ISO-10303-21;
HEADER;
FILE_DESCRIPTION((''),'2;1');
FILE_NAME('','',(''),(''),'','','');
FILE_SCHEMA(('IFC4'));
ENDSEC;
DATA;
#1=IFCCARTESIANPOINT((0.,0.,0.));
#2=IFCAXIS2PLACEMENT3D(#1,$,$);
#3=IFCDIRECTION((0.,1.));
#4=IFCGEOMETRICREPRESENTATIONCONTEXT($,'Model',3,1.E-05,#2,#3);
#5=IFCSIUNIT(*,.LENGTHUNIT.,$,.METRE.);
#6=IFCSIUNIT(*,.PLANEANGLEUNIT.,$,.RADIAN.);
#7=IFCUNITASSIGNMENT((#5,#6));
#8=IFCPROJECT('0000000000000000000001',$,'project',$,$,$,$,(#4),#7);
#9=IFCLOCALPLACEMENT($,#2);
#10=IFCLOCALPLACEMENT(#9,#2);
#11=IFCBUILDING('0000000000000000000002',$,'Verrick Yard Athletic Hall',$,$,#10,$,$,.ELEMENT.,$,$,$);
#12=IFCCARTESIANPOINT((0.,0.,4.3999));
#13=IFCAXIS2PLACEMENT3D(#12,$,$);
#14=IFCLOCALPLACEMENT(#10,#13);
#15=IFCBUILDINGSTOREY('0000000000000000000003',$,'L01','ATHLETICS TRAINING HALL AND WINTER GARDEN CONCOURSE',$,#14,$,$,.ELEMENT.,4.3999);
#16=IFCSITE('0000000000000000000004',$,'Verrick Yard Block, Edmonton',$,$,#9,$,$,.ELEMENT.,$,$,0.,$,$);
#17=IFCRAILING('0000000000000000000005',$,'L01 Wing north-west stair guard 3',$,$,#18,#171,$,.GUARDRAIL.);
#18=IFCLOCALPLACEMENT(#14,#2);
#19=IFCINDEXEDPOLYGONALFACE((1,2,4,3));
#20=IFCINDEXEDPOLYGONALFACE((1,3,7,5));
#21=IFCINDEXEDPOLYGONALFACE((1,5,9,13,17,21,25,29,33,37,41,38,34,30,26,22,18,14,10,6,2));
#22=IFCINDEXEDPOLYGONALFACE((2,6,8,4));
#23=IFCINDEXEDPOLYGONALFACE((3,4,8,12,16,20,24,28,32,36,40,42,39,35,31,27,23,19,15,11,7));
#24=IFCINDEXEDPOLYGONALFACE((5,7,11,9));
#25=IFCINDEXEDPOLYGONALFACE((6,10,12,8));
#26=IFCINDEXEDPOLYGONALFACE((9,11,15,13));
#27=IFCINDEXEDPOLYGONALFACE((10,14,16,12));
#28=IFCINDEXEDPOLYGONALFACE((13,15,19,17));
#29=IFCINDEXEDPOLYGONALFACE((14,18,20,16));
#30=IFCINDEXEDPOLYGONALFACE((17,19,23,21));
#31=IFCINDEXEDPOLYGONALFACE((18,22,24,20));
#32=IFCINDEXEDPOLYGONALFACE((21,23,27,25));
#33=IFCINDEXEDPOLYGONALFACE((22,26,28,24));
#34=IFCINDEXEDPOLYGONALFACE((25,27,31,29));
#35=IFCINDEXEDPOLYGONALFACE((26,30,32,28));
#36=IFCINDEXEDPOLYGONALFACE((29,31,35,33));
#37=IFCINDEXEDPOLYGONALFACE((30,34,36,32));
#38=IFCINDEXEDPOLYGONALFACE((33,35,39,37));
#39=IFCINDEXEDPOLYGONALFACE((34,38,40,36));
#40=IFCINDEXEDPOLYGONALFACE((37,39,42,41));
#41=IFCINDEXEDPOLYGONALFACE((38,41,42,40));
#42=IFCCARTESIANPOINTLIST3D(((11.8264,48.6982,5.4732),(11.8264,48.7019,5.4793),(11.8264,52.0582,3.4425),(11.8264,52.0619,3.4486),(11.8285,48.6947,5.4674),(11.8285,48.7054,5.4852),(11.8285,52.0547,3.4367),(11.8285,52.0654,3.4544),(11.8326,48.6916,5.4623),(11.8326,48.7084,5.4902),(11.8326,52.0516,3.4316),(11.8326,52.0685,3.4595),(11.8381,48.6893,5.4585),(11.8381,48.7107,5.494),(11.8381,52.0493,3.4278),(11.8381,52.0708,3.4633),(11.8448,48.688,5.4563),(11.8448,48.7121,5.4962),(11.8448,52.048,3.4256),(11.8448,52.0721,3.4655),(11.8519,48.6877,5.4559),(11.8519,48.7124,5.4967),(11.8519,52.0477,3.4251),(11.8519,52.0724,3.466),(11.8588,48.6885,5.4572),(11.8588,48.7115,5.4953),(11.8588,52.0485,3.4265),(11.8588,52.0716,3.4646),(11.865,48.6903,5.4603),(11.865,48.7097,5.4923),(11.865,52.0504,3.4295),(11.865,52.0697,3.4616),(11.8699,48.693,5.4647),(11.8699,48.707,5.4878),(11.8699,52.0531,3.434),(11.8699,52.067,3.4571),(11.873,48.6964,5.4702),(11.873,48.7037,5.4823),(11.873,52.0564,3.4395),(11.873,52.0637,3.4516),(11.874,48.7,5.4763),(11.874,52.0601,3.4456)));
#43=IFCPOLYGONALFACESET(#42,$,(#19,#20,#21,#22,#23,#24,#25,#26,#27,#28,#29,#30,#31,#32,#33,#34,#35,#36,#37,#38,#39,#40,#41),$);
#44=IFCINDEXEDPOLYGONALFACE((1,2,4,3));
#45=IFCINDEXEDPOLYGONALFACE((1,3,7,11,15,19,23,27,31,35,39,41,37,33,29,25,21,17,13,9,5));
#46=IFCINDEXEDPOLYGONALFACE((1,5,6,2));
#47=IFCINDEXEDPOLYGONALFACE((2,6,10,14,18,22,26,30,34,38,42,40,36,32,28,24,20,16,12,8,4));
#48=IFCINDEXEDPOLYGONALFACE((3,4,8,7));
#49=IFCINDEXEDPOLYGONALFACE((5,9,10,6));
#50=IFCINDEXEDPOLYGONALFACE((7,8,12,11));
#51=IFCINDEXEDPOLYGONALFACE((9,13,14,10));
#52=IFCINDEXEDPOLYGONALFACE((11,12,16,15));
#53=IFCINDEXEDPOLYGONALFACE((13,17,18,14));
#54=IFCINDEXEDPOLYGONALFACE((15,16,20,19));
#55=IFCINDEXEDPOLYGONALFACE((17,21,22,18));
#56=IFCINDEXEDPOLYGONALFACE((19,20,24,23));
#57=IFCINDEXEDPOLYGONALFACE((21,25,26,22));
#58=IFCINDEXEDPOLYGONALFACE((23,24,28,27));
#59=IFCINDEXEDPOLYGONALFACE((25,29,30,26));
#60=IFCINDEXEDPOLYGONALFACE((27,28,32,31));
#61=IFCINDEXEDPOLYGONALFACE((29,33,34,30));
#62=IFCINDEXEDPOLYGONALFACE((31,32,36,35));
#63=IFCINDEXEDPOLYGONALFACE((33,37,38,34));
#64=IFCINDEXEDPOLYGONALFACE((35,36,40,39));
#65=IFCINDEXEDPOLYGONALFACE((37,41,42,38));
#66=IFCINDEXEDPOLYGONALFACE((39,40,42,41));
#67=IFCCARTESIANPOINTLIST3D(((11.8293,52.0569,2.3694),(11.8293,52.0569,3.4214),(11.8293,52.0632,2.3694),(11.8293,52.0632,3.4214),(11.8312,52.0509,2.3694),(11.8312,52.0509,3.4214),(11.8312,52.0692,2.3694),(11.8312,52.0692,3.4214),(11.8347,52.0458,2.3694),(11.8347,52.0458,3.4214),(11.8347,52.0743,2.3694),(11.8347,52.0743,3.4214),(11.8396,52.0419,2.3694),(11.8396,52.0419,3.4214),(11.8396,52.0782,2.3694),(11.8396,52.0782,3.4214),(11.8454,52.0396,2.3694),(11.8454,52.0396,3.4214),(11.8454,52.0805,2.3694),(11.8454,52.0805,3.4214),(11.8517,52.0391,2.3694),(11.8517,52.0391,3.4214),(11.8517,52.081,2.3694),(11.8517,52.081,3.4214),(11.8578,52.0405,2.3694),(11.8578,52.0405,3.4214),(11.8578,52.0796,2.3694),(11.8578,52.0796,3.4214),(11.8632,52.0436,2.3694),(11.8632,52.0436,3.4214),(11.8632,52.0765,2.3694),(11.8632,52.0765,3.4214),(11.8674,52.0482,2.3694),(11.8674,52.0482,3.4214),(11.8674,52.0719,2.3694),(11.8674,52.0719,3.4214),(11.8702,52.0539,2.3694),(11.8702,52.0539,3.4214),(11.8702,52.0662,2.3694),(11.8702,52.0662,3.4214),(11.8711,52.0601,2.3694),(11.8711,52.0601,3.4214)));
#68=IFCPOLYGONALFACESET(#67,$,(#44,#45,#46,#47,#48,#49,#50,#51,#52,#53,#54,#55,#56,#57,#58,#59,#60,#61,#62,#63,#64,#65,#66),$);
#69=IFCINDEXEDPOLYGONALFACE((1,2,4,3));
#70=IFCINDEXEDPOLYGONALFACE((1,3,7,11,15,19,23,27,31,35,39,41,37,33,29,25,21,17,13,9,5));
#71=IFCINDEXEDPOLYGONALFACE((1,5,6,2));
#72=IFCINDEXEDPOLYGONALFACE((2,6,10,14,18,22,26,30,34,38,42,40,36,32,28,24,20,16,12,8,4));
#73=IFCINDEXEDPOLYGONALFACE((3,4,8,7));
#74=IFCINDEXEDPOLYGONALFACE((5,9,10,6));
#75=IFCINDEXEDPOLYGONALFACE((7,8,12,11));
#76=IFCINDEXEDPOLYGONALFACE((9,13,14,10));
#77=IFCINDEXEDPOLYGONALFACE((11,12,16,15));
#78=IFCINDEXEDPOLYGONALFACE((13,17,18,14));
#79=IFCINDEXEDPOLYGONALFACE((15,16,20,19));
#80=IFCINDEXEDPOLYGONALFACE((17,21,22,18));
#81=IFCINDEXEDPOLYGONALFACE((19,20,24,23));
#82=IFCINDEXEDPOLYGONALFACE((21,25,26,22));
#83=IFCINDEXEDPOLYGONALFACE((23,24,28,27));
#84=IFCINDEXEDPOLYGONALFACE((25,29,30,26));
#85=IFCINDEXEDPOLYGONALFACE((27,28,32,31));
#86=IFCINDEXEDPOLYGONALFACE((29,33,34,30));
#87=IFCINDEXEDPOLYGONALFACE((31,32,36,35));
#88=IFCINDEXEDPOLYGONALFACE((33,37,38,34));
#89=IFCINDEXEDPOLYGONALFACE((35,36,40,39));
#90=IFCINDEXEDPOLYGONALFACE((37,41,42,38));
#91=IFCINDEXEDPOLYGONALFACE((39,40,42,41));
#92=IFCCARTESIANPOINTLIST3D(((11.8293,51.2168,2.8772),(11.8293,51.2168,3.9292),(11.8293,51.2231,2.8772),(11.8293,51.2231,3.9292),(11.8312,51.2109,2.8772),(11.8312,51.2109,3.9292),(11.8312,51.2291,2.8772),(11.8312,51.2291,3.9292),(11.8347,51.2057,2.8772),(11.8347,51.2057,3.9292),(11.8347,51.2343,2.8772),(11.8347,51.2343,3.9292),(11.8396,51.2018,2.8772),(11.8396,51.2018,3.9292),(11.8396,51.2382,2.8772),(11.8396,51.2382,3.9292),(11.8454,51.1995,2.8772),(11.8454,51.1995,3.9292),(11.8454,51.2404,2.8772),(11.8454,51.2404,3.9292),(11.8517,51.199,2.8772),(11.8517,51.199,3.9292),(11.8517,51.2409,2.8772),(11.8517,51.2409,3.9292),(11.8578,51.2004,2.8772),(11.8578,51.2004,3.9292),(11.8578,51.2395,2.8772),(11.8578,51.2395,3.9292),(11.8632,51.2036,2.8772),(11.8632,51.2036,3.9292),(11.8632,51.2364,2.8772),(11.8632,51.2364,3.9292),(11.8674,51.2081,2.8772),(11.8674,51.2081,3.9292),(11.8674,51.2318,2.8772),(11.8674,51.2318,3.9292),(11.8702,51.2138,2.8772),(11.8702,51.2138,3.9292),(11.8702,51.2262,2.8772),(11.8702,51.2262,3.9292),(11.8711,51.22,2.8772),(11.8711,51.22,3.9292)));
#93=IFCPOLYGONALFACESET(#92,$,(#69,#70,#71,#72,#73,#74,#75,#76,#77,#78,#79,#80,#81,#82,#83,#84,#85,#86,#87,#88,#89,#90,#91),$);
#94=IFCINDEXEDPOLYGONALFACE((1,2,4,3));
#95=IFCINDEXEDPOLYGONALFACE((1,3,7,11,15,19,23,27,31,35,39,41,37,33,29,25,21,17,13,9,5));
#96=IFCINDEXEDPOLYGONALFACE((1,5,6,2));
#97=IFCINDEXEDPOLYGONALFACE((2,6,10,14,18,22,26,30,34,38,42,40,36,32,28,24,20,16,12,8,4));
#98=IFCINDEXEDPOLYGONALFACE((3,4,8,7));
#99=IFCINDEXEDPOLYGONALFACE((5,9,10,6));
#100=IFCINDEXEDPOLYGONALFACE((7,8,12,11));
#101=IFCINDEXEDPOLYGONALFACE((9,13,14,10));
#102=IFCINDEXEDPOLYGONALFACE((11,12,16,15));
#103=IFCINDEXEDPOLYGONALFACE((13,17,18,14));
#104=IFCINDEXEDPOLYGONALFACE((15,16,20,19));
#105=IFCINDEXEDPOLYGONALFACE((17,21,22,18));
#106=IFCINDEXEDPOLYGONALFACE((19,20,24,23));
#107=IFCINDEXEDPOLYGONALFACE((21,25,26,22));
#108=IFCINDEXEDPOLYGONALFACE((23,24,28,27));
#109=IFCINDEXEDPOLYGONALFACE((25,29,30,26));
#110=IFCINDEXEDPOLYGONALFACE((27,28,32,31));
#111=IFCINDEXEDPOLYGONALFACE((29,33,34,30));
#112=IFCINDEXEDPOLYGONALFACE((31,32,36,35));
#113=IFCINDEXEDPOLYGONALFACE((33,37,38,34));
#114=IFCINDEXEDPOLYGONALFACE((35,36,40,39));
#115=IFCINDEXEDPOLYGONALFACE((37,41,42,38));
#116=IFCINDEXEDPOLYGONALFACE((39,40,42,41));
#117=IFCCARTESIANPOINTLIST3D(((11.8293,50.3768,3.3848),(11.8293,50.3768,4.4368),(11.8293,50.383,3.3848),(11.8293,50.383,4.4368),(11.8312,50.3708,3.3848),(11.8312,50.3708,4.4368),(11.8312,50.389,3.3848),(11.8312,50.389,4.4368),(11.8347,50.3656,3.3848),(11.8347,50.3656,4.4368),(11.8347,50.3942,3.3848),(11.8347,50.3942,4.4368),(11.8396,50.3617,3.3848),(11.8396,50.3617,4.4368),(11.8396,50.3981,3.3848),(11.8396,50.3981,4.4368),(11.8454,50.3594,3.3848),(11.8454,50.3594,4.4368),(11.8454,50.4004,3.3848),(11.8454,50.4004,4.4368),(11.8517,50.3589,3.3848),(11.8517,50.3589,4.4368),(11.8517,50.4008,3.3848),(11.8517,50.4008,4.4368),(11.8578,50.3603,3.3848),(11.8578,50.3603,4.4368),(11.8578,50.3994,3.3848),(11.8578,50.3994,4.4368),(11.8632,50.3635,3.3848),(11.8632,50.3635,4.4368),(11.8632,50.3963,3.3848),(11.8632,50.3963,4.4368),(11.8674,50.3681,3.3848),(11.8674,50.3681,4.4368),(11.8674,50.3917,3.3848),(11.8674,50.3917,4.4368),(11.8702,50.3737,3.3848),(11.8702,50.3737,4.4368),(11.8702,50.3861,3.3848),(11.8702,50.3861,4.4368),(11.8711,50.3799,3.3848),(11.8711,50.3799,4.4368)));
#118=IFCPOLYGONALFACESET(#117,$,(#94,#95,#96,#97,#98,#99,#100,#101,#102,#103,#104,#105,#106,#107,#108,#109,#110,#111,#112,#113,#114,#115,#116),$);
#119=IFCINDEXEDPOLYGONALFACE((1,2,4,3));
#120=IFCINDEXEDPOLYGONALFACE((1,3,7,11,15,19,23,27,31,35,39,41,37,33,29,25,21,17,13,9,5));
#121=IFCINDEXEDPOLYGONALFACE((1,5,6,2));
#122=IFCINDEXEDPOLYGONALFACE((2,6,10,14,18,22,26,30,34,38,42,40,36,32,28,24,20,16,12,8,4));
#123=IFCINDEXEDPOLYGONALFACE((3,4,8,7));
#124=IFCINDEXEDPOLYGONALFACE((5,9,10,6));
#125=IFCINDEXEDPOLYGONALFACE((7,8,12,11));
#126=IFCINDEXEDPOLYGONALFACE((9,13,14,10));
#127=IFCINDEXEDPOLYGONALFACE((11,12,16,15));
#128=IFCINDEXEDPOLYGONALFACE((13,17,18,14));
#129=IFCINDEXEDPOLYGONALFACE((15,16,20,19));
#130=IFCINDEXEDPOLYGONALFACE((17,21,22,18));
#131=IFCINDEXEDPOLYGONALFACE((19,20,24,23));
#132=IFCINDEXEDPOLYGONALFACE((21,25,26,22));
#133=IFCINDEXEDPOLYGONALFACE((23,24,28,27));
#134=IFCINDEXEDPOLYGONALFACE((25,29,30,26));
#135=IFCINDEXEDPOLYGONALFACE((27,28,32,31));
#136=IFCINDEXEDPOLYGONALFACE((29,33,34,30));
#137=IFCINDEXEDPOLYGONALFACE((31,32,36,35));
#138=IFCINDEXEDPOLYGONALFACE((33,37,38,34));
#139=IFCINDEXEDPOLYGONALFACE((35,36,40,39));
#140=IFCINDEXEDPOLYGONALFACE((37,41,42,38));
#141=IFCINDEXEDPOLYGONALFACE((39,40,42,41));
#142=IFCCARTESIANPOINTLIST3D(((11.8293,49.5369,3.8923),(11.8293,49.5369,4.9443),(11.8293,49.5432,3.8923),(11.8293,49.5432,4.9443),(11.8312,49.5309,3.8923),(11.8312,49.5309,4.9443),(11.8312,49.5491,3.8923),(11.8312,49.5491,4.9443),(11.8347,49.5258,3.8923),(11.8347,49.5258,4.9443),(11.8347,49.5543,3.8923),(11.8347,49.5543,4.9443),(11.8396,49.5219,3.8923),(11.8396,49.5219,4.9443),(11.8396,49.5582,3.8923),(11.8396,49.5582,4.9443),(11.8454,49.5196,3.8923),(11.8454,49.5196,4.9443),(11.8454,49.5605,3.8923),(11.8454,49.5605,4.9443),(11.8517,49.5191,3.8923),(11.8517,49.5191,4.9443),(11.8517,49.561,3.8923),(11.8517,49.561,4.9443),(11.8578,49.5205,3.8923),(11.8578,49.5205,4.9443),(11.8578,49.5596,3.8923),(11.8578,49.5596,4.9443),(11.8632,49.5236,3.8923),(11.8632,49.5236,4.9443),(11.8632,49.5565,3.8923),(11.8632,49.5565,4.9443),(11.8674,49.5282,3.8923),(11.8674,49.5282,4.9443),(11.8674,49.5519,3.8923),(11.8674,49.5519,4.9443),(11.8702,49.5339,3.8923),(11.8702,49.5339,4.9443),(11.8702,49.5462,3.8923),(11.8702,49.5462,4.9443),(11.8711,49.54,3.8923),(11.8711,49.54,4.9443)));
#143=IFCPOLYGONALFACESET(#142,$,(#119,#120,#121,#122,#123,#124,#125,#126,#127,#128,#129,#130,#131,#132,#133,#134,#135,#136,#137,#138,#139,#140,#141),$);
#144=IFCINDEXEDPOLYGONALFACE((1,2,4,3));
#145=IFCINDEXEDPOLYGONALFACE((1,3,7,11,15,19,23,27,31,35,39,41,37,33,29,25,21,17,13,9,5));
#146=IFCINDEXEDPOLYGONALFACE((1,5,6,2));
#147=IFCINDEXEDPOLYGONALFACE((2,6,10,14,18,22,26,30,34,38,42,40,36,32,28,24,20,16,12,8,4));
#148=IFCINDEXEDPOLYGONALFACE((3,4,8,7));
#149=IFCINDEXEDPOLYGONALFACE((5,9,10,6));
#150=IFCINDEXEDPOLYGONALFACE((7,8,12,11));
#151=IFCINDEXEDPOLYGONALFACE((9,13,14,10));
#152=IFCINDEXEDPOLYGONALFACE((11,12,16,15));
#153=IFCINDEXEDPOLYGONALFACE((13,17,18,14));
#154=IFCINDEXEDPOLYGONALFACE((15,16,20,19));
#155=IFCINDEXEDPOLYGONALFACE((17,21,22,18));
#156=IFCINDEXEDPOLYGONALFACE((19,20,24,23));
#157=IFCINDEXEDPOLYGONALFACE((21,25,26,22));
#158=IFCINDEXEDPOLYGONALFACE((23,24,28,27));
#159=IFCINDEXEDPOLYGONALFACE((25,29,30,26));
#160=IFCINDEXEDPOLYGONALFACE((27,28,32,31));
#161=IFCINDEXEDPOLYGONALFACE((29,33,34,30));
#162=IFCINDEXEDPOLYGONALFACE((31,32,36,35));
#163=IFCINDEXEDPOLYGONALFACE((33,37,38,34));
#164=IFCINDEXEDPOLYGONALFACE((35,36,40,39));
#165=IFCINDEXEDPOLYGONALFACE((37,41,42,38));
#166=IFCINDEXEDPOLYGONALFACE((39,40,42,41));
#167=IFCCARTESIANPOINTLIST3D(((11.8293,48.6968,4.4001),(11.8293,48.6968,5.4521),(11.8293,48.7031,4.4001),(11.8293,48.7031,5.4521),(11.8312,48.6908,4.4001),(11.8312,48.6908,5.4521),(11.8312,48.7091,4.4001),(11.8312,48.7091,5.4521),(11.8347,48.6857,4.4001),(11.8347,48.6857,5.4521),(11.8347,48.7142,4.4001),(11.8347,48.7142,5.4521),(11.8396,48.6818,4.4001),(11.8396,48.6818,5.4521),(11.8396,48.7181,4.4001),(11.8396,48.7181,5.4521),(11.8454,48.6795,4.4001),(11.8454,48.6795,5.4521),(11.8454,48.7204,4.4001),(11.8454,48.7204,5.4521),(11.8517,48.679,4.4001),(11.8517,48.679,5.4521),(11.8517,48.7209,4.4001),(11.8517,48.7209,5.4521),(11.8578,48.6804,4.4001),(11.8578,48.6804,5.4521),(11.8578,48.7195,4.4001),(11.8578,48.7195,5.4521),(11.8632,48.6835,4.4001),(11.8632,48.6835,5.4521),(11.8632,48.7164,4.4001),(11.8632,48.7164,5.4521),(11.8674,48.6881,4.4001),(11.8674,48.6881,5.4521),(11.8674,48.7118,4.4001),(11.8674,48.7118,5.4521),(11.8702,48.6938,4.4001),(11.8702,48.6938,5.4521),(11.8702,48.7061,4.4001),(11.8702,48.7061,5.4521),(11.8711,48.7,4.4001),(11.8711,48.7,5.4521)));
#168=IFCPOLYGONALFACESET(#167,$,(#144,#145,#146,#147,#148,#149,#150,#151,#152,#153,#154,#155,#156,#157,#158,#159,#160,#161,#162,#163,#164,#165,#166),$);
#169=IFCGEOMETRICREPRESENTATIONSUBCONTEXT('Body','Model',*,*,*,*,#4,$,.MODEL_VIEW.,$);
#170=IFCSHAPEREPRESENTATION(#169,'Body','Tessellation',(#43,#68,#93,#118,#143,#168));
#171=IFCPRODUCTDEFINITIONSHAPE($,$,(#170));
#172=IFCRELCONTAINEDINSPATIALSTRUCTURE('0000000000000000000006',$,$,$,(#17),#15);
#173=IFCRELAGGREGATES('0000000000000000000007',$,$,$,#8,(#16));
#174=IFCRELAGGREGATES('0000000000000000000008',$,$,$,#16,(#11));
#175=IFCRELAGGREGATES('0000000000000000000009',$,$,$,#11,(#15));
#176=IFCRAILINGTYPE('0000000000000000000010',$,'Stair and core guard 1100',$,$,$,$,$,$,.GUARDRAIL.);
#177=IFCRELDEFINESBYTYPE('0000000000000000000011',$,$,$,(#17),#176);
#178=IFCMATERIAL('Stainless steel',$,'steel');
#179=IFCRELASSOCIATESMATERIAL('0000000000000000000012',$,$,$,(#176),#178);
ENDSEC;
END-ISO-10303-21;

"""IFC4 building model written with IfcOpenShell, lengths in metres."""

from ifc_helpers import new_model, si_unit, direction, frame, origin, origin_2d, place, context, subcontext, project, spatial, circle, extrude, material, type_object, element, save


model = new_model("IFC4")

# Units and contexts
model_context = context("Model", 3, precision=1e-05, world=origin(), true_north=direction((0.0, 1.0)))
body_context = subcontext(model_context, "Body", "Model", "MODEL_VIEW")
ifc_project = project(units=[si_unit("LENGTHUNIT", "METRE"), si_unit("PLANEANGLEUNIT", "RADIAN")], contexts=[model_context])

# Site, building, storey
site_placement = place(None, origin())
site = spatial("IfcSite", under=ifc_project, at=site_placement, Name="Verrick Yard Block, Edmonton", CompositionType="ELEMENT", RefElevation=0.0)
building_placement = place(site_placement, origin())
building = spatial("IfcBuilding", under=site, at=building_placement, Name="Verrick Yard Athletic Hall", CompositionType="ELEMENT")
storey_placement = place(building_placement, frame((0.0, 0.0, 4.3999)))
storey = spatial("IfcBuildingStorey", under=building, at=storey_placement, Name="L01", Description="ATHLETICS TRAINING HALL AND WINTER GARDEN CONCOURSE", CompositionType="ELEMENT", Elevation=4.3999)

# Railing
ifc_material_1 = material(Name="Stainless steel", Category="steel")
railing_type_1 = type_object("IfcRailingType", Name="Stair and core guard 1100", PredefinedType="GUARDRAIL", material=ifc_material_1)
railing_1_placement = place(storey_placement, frame((11.8501, 52.0601, 2.3694)))
element("IfcRailing", 1, at=railing_1_placement, inside=storey, type_object=railing_type_1, Name="L01 Wing north-west stair guard 3", PredefinedType="GUARDRAIL", context=body_context, shape_type="SweptSolid", body=[
    extrude(circle(Radius=0.0239, at=origin_2d()), frame((0.0, 0.0, 1.0762), z_axis=(0.0, -0.855837, 0.517246), x_axis=(1.0, 0.0, 0.0)), (0.0, 0.0, 1.0), 3.926),
    extrude(circle(Radius=0.021, at=origin_2d()), origin(), (0.0, 0.0, 1.0), 1.052),
    extrude(circle(Radius=0.021, at=origin_2d()), frame((0.0, -0.8401, 0.5078)), (0.0, 0.0, 1.0), 1.052),
    extrude(circle(Radius=0.021, at=origin_2d()), frame((0.0, -1.6802, 1.0154)), (0.0, 0.0, 1.0), 1.052),
    extrude(circle(Radius=0.021, at=origin_2d()), frame((0.0, -2.52, 1.5229)), (0.0, 0.0, 1.0), 1.052),
    extrude(circle(Radius=0.021, at=origin_2d()), frame((0.0, -3.3601, 2.0308)), (0.0, 0.0, 1.0), 1.052),
])

save(model, "model.ifc")
